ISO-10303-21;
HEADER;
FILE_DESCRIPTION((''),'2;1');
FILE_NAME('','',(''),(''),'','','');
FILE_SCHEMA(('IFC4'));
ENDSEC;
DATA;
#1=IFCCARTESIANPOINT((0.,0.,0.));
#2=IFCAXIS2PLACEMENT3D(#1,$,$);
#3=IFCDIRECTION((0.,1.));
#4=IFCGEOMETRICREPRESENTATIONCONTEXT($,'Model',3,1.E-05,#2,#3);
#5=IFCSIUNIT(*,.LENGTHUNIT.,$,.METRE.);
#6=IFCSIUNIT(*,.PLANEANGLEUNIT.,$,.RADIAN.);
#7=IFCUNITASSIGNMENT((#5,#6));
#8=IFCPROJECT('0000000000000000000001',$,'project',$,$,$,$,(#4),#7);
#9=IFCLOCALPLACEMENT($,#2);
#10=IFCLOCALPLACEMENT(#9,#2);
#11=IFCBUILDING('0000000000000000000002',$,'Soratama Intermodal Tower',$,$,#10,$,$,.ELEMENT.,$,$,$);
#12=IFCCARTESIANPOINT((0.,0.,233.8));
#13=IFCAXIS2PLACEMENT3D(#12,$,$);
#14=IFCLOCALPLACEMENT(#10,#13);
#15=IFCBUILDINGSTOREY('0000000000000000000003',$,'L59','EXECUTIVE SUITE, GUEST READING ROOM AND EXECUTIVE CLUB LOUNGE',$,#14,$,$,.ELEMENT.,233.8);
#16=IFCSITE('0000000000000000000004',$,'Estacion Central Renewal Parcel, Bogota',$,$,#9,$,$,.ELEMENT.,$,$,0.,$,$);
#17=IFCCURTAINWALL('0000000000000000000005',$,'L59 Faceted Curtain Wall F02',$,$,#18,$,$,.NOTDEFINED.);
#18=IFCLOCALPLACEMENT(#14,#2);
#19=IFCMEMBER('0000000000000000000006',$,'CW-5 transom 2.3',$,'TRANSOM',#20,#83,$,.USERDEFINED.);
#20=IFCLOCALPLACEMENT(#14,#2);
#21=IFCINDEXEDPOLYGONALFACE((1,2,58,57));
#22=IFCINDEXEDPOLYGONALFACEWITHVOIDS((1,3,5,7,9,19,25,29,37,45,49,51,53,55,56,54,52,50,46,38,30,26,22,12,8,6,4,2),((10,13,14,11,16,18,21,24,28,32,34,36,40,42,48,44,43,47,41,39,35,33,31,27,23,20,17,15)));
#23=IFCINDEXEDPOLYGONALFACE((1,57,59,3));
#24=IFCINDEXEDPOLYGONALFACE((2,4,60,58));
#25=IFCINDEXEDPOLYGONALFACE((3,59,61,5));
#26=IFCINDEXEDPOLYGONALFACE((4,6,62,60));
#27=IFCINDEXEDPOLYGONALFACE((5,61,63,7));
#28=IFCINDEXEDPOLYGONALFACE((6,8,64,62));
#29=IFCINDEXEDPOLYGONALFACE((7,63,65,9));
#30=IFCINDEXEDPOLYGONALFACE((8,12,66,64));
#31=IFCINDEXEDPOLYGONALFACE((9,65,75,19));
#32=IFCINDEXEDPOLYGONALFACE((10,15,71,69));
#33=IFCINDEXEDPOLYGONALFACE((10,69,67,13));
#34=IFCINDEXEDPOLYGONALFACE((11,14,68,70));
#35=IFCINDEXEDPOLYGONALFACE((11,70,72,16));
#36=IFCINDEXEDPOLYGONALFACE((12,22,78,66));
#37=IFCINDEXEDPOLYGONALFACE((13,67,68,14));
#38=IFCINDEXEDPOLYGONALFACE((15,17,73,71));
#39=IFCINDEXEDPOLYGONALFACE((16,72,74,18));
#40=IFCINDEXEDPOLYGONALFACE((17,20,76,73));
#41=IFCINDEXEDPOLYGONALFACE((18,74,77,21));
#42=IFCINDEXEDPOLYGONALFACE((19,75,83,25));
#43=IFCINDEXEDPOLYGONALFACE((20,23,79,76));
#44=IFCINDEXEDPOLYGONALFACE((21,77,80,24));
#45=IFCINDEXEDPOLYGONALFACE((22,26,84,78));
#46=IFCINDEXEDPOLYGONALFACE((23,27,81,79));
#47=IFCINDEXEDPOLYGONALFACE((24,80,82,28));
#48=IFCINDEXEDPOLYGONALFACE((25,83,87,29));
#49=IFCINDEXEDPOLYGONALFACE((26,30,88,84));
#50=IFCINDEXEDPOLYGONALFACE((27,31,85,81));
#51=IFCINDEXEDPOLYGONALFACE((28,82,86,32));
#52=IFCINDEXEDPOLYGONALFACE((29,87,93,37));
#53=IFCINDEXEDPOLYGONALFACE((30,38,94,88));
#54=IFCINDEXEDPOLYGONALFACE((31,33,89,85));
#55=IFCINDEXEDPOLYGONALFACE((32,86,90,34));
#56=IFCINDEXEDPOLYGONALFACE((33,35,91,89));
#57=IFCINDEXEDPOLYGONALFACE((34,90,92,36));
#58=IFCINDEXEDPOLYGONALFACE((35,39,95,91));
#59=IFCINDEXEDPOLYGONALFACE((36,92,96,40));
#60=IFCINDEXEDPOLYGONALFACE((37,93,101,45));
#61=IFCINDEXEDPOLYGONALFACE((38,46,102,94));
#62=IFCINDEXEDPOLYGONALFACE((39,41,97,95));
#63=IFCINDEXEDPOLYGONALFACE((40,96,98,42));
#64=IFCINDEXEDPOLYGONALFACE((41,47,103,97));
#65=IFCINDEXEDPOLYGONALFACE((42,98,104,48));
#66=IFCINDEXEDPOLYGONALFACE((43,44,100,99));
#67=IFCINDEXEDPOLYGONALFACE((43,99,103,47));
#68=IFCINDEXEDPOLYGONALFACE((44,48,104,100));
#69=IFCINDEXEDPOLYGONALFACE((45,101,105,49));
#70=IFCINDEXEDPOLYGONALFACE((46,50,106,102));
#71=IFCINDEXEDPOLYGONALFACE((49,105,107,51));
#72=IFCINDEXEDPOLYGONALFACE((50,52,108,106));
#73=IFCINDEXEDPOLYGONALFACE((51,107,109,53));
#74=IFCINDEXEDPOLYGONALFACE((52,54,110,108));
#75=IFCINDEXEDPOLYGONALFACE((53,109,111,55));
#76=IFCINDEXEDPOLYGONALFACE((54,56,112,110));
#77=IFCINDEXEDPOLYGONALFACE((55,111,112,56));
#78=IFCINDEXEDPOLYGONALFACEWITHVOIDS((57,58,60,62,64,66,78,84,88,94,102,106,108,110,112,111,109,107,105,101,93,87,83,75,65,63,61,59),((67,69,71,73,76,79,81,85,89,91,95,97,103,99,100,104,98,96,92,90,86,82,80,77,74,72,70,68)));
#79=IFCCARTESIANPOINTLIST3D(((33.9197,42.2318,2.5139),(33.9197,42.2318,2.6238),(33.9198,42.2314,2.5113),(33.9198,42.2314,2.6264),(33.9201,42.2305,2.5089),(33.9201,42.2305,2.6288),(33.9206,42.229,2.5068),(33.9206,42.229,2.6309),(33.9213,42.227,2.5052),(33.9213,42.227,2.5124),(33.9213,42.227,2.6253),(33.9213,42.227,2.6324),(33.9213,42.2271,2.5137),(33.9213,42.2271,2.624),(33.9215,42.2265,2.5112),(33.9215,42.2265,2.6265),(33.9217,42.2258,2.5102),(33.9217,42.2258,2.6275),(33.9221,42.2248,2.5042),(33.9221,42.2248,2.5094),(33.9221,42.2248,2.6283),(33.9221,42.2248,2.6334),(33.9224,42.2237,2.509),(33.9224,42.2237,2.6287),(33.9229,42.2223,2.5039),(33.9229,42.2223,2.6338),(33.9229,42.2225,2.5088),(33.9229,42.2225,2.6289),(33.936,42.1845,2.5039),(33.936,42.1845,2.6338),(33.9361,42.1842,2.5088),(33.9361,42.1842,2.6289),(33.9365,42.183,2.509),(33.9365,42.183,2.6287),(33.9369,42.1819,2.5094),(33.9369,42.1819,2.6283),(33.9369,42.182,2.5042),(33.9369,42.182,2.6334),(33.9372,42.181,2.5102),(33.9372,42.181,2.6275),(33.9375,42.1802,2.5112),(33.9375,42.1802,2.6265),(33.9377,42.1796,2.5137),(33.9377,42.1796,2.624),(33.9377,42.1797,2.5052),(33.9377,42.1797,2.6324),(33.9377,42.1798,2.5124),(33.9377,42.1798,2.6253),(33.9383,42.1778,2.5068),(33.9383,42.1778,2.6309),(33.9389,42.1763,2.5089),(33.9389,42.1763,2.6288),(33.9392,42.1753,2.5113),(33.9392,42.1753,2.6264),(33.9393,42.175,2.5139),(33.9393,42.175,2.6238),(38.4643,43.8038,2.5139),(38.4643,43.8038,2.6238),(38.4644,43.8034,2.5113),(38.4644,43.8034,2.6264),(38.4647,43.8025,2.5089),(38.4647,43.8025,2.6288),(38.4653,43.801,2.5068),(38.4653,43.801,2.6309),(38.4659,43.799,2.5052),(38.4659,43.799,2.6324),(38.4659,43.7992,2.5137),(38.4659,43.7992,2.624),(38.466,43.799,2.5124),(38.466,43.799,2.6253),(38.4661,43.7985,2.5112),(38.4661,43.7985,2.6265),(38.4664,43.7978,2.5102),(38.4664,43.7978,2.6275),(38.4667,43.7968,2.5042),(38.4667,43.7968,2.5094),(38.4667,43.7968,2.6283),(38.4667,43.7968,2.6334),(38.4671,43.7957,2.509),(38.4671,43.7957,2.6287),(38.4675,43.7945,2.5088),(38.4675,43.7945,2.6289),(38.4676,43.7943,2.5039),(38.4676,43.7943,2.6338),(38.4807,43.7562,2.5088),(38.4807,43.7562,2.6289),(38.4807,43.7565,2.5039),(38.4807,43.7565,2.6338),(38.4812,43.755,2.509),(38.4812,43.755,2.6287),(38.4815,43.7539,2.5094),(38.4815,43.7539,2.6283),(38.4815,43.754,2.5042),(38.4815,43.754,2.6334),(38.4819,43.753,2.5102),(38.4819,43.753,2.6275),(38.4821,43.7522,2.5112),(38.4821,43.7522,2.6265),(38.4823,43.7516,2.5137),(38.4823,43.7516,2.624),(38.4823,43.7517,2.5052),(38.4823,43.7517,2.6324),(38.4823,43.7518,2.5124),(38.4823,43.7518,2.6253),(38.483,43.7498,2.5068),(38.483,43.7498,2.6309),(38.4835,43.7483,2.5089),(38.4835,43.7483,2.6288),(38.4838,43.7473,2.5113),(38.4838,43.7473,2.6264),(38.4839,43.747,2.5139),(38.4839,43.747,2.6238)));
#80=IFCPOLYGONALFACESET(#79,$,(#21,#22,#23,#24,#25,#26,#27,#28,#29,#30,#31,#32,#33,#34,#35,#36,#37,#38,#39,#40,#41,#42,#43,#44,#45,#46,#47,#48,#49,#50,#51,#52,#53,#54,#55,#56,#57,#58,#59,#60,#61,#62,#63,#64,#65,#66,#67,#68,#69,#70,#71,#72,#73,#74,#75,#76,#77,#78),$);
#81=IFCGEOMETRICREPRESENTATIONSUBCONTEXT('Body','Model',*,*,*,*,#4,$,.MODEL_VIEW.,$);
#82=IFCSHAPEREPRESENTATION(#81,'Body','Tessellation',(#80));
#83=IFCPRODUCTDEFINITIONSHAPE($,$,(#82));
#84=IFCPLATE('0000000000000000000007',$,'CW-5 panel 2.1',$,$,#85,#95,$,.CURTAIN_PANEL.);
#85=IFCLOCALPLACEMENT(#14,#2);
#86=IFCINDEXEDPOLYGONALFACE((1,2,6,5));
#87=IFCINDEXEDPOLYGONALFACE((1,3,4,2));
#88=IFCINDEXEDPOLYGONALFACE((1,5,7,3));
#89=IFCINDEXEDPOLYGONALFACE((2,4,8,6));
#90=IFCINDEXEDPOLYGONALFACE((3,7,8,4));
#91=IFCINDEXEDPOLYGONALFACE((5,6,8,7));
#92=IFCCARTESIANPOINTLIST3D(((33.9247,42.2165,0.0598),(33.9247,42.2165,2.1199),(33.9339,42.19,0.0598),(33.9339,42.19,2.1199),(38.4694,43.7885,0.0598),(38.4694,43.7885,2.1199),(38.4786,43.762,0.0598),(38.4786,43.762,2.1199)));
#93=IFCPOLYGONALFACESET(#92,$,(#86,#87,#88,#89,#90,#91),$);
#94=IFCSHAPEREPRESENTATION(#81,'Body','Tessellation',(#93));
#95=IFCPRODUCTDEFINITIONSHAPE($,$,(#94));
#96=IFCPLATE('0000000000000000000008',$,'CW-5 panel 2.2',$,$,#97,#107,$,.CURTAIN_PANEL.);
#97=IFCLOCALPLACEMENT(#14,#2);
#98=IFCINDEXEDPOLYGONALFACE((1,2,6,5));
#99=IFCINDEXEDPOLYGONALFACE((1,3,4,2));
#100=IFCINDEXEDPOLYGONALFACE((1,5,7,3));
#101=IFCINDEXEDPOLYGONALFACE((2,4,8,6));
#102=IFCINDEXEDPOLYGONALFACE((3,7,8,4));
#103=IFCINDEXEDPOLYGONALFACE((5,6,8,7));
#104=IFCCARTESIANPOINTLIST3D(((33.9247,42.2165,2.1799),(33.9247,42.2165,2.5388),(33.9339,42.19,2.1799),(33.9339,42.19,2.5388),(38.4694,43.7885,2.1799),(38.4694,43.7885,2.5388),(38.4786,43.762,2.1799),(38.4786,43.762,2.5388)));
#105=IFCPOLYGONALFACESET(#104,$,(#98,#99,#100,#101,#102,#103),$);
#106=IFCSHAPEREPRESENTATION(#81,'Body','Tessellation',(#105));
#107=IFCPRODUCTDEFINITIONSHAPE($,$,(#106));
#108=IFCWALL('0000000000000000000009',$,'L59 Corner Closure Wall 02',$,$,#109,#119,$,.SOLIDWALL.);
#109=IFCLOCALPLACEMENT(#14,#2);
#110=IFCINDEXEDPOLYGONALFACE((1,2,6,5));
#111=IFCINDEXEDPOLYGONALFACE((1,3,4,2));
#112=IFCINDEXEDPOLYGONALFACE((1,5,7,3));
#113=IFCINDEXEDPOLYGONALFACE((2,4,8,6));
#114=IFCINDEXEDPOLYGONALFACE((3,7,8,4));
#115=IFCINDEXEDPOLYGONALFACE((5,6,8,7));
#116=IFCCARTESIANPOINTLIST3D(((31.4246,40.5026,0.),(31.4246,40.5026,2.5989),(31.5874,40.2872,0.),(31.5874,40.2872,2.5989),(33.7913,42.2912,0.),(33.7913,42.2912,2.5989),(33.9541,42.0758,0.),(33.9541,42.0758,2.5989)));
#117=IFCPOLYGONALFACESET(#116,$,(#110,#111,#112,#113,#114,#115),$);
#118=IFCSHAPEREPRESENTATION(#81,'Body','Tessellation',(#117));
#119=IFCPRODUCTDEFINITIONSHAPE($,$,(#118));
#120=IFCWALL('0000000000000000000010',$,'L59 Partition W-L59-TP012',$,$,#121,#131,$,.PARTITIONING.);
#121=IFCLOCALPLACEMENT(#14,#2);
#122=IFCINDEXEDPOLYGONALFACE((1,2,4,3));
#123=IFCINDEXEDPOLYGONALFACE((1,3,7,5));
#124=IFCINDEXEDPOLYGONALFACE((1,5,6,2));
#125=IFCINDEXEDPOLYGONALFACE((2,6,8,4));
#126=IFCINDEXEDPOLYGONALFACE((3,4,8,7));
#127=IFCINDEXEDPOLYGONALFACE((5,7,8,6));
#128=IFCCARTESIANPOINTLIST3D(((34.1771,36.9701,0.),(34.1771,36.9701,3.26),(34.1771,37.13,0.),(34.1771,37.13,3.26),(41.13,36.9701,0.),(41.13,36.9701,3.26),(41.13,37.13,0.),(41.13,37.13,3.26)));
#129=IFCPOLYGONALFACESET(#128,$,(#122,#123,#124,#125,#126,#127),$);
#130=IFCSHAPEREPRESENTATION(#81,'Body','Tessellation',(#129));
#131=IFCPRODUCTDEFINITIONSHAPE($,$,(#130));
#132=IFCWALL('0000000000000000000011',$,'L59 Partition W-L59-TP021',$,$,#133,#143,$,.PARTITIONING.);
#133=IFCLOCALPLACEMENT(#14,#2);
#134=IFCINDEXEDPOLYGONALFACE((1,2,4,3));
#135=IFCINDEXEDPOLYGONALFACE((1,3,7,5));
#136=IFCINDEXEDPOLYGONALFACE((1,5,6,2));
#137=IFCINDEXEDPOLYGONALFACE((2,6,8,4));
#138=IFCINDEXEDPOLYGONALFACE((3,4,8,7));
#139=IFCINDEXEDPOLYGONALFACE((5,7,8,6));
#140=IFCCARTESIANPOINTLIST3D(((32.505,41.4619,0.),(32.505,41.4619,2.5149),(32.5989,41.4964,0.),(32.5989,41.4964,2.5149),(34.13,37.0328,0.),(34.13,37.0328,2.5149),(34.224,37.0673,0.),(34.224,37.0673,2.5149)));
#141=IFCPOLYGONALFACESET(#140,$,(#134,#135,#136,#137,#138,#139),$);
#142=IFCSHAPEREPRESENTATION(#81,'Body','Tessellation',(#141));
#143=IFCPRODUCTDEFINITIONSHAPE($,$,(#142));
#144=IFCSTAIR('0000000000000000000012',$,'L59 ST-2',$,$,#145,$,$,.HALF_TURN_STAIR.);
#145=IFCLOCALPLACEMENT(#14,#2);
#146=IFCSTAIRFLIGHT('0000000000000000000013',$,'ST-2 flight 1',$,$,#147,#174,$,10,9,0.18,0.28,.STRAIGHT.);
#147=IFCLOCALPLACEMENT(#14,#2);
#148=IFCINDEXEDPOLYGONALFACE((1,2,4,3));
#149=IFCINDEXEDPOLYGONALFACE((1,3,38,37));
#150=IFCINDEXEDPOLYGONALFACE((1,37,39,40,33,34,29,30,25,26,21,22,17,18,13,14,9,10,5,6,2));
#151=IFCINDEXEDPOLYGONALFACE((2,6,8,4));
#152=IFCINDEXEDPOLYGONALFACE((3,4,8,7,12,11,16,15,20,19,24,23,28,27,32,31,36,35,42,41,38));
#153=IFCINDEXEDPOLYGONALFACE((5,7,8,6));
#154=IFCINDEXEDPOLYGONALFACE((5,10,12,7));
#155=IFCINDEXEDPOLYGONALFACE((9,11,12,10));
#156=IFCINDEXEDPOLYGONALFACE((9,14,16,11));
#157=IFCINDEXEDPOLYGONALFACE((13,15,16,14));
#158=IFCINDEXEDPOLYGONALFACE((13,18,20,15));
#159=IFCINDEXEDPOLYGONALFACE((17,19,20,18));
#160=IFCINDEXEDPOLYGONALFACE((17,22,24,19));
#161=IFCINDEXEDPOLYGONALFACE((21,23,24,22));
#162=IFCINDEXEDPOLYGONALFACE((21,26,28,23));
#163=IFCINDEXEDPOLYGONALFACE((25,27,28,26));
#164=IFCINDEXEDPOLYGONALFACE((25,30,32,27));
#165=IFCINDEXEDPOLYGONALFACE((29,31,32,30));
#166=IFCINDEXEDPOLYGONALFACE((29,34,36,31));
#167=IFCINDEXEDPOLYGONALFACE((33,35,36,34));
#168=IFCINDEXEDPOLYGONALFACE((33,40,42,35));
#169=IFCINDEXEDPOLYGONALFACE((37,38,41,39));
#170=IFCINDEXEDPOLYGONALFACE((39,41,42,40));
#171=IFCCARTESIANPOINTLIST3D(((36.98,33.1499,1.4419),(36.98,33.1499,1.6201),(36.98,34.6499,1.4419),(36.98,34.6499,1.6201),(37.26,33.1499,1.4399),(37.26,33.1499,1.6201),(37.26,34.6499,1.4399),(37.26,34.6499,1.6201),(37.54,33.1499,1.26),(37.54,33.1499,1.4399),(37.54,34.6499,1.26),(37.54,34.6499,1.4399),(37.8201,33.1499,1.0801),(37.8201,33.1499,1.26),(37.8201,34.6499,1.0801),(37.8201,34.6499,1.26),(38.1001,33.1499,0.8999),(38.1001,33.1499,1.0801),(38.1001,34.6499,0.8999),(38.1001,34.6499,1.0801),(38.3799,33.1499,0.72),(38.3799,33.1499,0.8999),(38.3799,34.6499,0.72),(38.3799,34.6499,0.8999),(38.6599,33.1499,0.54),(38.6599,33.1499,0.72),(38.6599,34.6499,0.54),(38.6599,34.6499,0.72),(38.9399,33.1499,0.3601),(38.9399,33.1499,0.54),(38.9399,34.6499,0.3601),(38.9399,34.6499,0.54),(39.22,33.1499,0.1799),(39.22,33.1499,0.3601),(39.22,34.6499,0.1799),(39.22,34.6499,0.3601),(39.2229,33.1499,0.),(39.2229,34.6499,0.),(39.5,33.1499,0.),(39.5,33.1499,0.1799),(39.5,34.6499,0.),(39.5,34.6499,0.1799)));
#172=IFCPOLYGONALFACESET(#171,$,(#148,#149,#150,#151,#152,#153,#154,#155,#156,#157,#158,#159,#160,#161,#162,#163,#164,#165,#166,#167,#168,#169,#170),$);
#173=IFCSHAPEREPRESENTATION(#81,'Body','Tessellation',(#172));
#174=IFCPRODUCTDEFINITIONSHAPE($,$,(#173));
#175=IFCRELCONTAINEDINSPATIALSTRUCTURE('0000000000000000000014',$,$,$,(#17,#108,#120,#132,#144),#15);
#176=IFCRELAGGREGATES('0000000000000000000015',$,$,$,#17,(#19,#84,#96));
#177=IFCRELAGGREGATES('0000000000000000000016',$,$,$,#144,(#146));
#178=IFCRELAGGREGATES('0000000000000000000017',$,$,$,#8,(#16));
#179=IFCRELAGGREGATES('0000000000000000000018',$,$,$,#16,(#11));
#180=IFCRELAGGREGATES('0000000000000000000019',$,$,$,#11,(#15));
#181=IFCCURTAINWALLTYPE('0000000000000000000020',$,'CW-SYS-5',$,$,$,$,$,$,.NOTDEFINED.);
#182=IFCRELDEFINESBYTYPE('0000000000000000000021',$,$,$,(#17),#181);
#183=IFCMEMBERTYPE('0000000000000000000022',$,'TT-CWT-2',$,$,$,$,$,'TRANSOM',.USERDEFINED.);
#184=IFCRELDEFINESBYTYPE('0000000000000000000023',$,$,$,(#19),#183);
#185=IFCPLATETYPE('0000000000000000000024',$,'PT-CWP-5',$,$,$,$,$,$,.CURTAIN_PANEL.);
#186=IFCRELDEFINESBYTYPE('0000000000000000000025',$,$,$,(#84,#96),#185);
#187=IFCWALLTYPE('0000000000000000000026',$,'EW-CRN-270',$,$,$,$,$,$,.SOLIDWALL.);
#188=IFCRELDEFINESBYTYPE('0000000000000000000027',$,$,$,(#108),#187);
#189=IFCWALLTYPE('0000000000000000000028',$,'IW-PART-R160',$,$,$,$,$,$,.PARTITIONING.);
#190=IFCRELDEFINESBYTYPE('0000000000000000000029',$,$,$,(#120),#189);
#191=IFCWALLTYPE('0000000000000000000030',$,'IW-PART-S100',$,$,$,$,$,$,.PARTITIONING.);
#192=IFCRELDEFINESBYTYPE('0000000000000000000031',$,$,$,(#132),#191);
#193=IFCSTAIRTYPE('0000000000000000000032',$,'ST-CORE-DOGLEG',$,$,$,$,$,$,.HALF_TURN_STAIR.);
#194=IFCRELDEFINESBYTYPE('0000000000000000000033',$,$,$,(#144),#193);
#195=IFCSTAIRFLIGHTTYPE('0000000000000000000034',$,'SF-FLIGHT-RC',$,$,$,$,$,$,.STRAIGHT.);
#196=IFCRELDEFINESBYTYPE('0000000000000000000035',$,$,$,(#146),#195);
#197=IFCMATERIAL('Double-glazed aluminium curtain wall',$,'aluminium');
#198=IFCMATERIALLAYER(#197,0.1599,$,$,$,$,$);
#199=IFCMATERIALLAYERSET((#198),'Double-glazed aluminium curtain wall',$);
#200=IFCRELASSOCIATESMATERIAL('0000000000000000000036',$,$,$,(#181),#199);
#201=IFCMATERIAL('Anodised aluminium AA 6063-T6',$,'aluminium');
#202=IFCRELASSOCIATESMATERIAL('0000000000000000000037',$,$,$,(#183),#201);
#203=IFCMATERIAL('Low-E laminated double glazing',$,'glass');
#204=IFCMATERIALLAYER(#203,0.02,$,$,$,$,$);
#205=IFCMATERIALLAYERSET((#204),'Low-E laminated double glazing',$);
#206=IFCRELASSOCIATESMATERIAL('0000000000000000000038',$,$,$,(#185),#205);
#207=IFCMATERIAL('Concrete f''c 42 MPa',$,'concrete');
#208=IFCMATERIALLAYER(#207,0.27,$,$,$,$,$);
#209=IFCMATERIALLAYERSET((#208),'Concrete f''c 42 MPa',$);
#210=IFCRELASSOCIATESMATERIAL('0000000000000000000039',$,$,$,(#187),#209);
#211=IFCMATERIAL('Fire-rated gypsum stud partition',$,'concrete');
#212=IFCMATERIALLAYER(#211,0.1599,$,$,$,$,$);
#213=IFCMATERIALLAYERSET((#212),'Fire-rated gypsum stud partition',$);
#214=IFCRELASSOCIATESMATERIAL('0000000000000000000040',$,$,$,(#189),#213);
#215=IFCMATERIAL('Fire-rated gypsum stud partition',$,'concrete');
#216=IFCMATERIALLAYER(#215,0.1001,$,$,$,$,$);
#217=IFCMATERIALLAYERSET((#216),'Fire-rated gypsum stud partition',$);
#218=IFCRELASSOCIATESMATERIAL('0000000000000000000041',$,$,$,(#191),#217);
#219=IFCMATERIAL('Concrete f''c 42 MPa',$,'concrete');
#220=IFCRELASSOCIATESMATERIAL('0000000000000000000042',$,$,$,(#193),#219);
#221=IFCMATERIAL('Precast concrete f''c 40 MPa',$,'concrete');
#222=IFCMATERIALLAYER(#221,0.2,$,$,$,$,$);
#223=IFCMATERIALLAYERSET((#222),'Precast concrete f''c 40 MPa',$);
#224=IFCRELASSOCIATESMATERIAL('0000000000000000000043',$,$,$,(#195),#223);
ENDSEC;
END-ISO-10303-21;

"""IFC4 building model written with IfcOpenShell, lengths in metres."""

from ifc_helpers import new_model, si_unit, direction, frame, frame_2d, origin, origin_2d, place, context, subcontext, project, spatial, polyline, rectangle, hollow_rectangle, outline, extrude, material, layer, layer_set, material_profile, profile_set, type_object, element, aggregate, save


model = new_model("IFC4")

# Units and contexts
model_context = context("Model", 3, precision=1e-05, world=origin(), true_north=direction((0.0, 1.0)))
body_context = subcontext(model_context, "Body", "Model", "MODEL_VIEW")
ifc_project = project(units=[si_unit("LENGTHUNIT", "METRE"), si_unit("PLANEANGLEUNIT", "RADIAN")], contexts=[model_context])

# Site, building, storey
site_placement = place(None, origin())
site = spatial("IfcSite", under=ifc_project, at=site_placement, Name="Estacion Central Renewal Parcel, Bogota", CompositionType="ELEMENT", RefElevation=0.0)
building_placement = place(site_placement, origin())
building = spatial("IfcBuilding", under=site, at=building_placement, Name="Soratama Intermodal Tower", CompositionType="ELEMENT")
storey_placement = place(building_placement, frame((0.0, 0.0, 233.8)))
storey = spatial("IfcBuildingStorey", under=building, at=storey_placement, Name="L59", Description="EXECUTIVE SUITE, GUEST READING ROOM AND EXECUTIVE CLUB LOUNGE", CompositionType="ELEMENT", Elevation=233.8)

# Curtain wall, member, plates
ifc_material_1 = material(Name="Double-glazed aluminium curtain wall", Category="aluminium")
ifc_layer_1 = layer(ifc_material_1, 0.1599)
ifc_layer_set_1 = layer_set([ifc_layer_1], Name="Double-glazed aluminium curtain wall")
curtain_wall_type = type_object("IfcCurtainWallType", Name="CW-SYS-5", PredefinedType="NOTDEFINED", material=ifc_layer_set_1)
curtain_wall_placement = place(storey_placement, origin())
curtain_wall = element("IfcCurtainWall", 1, at=curtain_wall_placement, inside=storey, type_object=curtain_wall_type, Name="L59 Faceted Curtain Wall F02", PredefinedType="NOTDEFINED")
ifc_material_2 = material(Name="Anodised aluminium AA 6063-T6", Category="aluminium")
ifc_material_profile_1 = material_profile(ifc_material_2, hollow_rectangle(XDim=0.0601, YDim=0.1299, WallThickness=0.0049, InnerFilletRadius=0.0049, OuterFilletRadius=0.01, at=origin_2d()), Name="CWT130X60X5")
ifc_profile_set_1 = profile_set([ifc_material_profile_1], Name="Anodised aluminium AA 6063-T6")
member_type_1 = type_object("IfcMemberType", Name="TT-CWT-2", ElementType="TRANSOM", PredefinedType="USERDEFINED", material=ifc_profile_set_1)
member_1_placement = place(storey_placement, frame((38.4741, 43.7754, 2.5688), z_axis=(-0.945059, -0.3269, 0.0), x_axis=(0.3269, -0.945059, 0.0)))
member_1 = element("IfcMember", 2, at=member_1_placement, type_object=member_type_1, Name="CW-5 transom 2.3", ObjectType="TRANSOM", PredefinedType="USERDEFINED", context=body_context, shape_type="SweptSolid", body=[
    extrude(hollow_rectangle(XDim=0.0601, YDim=0.1299, WallThickness=0.0049, InnerFilletRadius=0.0049, OuterFilletRadius=0.01, at=origin_2d()), origin(), (0.0, 0.0, 1.0), 4.8088),
])
ifc_material_3 = material(Name="Low-E laminated double glazing", Category="glass")
ifc_layer_2 = layer(ifc_material_3, 0.02)
ifc_layer_set_2 = layer_set([ifc_layer_2], Name="Low-E laminated double glazing")
plate_type = type_object("IfcPlateType", Name="PT-CWP-5", PredefinedType="CURTAIN_PANEL", material=ifc_layer_set_2)
plate_1_placement = place(storey_placement, frame((36.2017, 42.9893, 0.0598), z_axis=(0.0, 0.0, 1.0), x_axis=(-0.945061, -0.326894, 0.0)))
plate_1 = element("IfcPlate", 3, at=plate_1_placement, type_object=plate_type, Name="CW-5 panel 2.1", PredefinedType="CURTAIN_PANEL", context=body_context, shape_type="SweptSolid", body=[
    extrude(rectangle(XDim=4.8088, YDim=0.0281, at=origin_2d()), origin(), (0.0, 0.0, 1.0), 2.0601),
])
plate_2_placement = place(storey_placement, frame((36.2017, 42.9893, 2.1799), z_axis=(0.0, 0.0, 1.0), x_axis=(-0.945061, -0.326894, 0.0)))
plate_2 = element("IfcPlate", 4, at=plate_2_placement, type_object=plate_type, Name="CW-5 panel 2.2", PredefinedType="CURTAIN_PANEL", context=body_context, shape_type="SweptSolid", body=[
    extrude(rectangle(XDim=4.8088, YDim=0.0281, at=origin_2d()), origin(), (0.0, 0.0, 1.0), 0.3589),
])
aggregate(curtain_wall, [member_1, plate_1, plate_2])

# Walls
ifc_material_4 = material(Name="Concrete f'c 42 MPa", Category="concrete")
ifc_layer_3 = layer(ifc_material_4, 0.27)
ifc_layer_set_3 = layer_set([ifc_layer_3], Name="Concrete f'c 42 MPa")
wall_type_1 = type_object("IfcWallType", Name="EW-CRN-270", PredefinedType="SOLIDWALL", material=ifc_layer_set_3)
wall_1_placement = place(storey_placement, frame((33.8728, 42.1836, 0.0), z_axis=(0.0, 0.0, 1.0), x_axis=(-0.797802, -0.602919, 0.0)))
element("IfcWall", 5, at=wall_1_placement, inside=storey, type_object=wall_type_1, Name="L59 Corner Closure Wall 02", PredefinedType="SOLIDWALL", context=body_context, shape_type="SweptSolid", body=[
    extrude(rectangle(XDim=2.9666, YDim=0.27, at=frame_2d((1.4834, 0.0))), origin(), (0.0, 0.0, 1.0), 2.5989),
])
ifc_material_5 = material(Name="Fire-rated gypsum stud partition", Category="concrete")
ifc_layer_4 = layer(ifc_material_5, 0.1599)
ifc_layer_set_4 = layer_set([ifc_layer_4], Name="Fire-rated gypsum stud partition")
wall_type_2 = type_object("IfcWallType", Name="IW-PART-R160", PredefinedType="PARTITIONING", material=ifc_layer_set_4)
wall_2_placement = place(storey_placement, frame((34.177, 37.05, 0.0), z_axis=(0.0, 0.0, 1.0), x_axis=(1.0, 0.0, 0.0)))
element("IfcWall", 6, at=wall_2_placement, inside=storey, type_object=wall_type_2, Name="L59 Partition W-L59-TP012", PredefinedType="PARTITIONING", context=body_context, shape_type="SweptSolid", body=[
    extrude(rectangle(XDim=6.9529, YDim=0.1599, at=frame_2d((3.4766, 0.0))), origin(), (0.0, 0.0, 1.0), 3.26),
])
ifc_material_6 = material(Name="Fire-rated gypsum stud partition", Category="concrete")
ifc_layer_5 = layer(ifc_material_6, 0.1001)
ifc_layer_set_5 = layer_set([ifc_layer_5], Name="Fire-rated gypsum stud partition")
wall_type_3 = type_object("IfcWallType", Name="IW-PART-S100", PredefinedType="PARTITIONING", material=ifc_layer_set_5)
wall_3_placement = place(storey_placement, frame((34.177, 37.05, 0.0), z_axis=(0.0, 0.0, 1.0), x_axis=(-0.344451, 0.938804, 0.0)))
element("IfcWall", 7, at=wall_3_placement, inside=storey, type_object=wall_type_3, Name="L59 Partition W-L59-TP021", PredefinedType="PARTITIONING", context=body_context, shape_type="SweptSolid", body=[
    extrude(rectangle(XDim=4.7178, YDim=0.1001, at=frame_2d((2.3589, 0.0))), origin(), (0.0, 0.0, 1.0), 2.5149),
])

# Stair, stair flight
ifc_material_7 = material(Name="Concrete f'c 42 MPa", Category="concrete")
stair_type = type_object("IfcStairType", Name="ST-CORE-DOGLEG", PredefinedType="HALF_TURN_STAIR", material=ifc_material_7)
stair_placement = place(storey_placement, origin())
stair = element("IfcStair", 8, at=stair_placement, inside=storey, type_object=stair_type, Name="L59 ST-2", PredefinedType="HALF_TURN_STAIR")
ifc_material_8 = material(Name="Precast concrete f'c 40 MPa", Category="concrete")
ifc_layer_6 = layer(ifc_material_8, 0.2)
ifc_layer_set_6 = layer_set([ifc_layer_6], Name="Precast concrete f'c 40 MPa")
stair_flight_type = type_object("IfcStairFlightType", Name="SF-FLIGHT-RC", PredefinedType="STRAIGHT", material=ifc_layer_set_6)
stair_flight_placement = place(storey_placement, frame((39.5, 33.8999, 0.0), z_axis=(0.0, 0.0, 1.0), x_axis=(-1.0, 0.0, 0.0)))
stair_flight = element("IfcStairFlight", 9, at=stair_flight_placement, type_object=stair_flight_type, Name="ST-2 flight 1", NumberOfRisers=10, NumberOfTreads=9, PredefinedType="STRAIGHT", RiserHeight=0.18, TreadLength=0.28, context=body_context, shape_type="SweptSolid", body=[
    extrude(outline(polyline([(0.0, 0.0), (0.0, 0.1799), (0.28, 0.1799), (0.28, 0.3601), (0.5601, 0.3601), (0.5601, 0.54), (0.8401, 0.54), (0.8401, 0.72), (1.1201, 0.72), (1.1201, 0.8999), (1.3999, 0.8999), (1.3999, 1.0801), (1.6799, 1.0801), (1.6799, 1.26), (1.96, 1.26), (1.96, 1.4399), (2.24, 1.4399), (2.24, 1.6201), (2.52, 1.6201), (2.52, 1.8), (2.52, 1.4419), (0.2771, 0.0), (0.0, 0.0)])), frame((0.0, 0.75, 0.0), z_axis=(0.0, -1.0, 0.0), x_axis=(1.0, 0.0, 0.0)), (0.0, 0.0, 1.0), 1.5),
])
aggregate(stair, [stair_flight])

save(model, "model.ifc")
